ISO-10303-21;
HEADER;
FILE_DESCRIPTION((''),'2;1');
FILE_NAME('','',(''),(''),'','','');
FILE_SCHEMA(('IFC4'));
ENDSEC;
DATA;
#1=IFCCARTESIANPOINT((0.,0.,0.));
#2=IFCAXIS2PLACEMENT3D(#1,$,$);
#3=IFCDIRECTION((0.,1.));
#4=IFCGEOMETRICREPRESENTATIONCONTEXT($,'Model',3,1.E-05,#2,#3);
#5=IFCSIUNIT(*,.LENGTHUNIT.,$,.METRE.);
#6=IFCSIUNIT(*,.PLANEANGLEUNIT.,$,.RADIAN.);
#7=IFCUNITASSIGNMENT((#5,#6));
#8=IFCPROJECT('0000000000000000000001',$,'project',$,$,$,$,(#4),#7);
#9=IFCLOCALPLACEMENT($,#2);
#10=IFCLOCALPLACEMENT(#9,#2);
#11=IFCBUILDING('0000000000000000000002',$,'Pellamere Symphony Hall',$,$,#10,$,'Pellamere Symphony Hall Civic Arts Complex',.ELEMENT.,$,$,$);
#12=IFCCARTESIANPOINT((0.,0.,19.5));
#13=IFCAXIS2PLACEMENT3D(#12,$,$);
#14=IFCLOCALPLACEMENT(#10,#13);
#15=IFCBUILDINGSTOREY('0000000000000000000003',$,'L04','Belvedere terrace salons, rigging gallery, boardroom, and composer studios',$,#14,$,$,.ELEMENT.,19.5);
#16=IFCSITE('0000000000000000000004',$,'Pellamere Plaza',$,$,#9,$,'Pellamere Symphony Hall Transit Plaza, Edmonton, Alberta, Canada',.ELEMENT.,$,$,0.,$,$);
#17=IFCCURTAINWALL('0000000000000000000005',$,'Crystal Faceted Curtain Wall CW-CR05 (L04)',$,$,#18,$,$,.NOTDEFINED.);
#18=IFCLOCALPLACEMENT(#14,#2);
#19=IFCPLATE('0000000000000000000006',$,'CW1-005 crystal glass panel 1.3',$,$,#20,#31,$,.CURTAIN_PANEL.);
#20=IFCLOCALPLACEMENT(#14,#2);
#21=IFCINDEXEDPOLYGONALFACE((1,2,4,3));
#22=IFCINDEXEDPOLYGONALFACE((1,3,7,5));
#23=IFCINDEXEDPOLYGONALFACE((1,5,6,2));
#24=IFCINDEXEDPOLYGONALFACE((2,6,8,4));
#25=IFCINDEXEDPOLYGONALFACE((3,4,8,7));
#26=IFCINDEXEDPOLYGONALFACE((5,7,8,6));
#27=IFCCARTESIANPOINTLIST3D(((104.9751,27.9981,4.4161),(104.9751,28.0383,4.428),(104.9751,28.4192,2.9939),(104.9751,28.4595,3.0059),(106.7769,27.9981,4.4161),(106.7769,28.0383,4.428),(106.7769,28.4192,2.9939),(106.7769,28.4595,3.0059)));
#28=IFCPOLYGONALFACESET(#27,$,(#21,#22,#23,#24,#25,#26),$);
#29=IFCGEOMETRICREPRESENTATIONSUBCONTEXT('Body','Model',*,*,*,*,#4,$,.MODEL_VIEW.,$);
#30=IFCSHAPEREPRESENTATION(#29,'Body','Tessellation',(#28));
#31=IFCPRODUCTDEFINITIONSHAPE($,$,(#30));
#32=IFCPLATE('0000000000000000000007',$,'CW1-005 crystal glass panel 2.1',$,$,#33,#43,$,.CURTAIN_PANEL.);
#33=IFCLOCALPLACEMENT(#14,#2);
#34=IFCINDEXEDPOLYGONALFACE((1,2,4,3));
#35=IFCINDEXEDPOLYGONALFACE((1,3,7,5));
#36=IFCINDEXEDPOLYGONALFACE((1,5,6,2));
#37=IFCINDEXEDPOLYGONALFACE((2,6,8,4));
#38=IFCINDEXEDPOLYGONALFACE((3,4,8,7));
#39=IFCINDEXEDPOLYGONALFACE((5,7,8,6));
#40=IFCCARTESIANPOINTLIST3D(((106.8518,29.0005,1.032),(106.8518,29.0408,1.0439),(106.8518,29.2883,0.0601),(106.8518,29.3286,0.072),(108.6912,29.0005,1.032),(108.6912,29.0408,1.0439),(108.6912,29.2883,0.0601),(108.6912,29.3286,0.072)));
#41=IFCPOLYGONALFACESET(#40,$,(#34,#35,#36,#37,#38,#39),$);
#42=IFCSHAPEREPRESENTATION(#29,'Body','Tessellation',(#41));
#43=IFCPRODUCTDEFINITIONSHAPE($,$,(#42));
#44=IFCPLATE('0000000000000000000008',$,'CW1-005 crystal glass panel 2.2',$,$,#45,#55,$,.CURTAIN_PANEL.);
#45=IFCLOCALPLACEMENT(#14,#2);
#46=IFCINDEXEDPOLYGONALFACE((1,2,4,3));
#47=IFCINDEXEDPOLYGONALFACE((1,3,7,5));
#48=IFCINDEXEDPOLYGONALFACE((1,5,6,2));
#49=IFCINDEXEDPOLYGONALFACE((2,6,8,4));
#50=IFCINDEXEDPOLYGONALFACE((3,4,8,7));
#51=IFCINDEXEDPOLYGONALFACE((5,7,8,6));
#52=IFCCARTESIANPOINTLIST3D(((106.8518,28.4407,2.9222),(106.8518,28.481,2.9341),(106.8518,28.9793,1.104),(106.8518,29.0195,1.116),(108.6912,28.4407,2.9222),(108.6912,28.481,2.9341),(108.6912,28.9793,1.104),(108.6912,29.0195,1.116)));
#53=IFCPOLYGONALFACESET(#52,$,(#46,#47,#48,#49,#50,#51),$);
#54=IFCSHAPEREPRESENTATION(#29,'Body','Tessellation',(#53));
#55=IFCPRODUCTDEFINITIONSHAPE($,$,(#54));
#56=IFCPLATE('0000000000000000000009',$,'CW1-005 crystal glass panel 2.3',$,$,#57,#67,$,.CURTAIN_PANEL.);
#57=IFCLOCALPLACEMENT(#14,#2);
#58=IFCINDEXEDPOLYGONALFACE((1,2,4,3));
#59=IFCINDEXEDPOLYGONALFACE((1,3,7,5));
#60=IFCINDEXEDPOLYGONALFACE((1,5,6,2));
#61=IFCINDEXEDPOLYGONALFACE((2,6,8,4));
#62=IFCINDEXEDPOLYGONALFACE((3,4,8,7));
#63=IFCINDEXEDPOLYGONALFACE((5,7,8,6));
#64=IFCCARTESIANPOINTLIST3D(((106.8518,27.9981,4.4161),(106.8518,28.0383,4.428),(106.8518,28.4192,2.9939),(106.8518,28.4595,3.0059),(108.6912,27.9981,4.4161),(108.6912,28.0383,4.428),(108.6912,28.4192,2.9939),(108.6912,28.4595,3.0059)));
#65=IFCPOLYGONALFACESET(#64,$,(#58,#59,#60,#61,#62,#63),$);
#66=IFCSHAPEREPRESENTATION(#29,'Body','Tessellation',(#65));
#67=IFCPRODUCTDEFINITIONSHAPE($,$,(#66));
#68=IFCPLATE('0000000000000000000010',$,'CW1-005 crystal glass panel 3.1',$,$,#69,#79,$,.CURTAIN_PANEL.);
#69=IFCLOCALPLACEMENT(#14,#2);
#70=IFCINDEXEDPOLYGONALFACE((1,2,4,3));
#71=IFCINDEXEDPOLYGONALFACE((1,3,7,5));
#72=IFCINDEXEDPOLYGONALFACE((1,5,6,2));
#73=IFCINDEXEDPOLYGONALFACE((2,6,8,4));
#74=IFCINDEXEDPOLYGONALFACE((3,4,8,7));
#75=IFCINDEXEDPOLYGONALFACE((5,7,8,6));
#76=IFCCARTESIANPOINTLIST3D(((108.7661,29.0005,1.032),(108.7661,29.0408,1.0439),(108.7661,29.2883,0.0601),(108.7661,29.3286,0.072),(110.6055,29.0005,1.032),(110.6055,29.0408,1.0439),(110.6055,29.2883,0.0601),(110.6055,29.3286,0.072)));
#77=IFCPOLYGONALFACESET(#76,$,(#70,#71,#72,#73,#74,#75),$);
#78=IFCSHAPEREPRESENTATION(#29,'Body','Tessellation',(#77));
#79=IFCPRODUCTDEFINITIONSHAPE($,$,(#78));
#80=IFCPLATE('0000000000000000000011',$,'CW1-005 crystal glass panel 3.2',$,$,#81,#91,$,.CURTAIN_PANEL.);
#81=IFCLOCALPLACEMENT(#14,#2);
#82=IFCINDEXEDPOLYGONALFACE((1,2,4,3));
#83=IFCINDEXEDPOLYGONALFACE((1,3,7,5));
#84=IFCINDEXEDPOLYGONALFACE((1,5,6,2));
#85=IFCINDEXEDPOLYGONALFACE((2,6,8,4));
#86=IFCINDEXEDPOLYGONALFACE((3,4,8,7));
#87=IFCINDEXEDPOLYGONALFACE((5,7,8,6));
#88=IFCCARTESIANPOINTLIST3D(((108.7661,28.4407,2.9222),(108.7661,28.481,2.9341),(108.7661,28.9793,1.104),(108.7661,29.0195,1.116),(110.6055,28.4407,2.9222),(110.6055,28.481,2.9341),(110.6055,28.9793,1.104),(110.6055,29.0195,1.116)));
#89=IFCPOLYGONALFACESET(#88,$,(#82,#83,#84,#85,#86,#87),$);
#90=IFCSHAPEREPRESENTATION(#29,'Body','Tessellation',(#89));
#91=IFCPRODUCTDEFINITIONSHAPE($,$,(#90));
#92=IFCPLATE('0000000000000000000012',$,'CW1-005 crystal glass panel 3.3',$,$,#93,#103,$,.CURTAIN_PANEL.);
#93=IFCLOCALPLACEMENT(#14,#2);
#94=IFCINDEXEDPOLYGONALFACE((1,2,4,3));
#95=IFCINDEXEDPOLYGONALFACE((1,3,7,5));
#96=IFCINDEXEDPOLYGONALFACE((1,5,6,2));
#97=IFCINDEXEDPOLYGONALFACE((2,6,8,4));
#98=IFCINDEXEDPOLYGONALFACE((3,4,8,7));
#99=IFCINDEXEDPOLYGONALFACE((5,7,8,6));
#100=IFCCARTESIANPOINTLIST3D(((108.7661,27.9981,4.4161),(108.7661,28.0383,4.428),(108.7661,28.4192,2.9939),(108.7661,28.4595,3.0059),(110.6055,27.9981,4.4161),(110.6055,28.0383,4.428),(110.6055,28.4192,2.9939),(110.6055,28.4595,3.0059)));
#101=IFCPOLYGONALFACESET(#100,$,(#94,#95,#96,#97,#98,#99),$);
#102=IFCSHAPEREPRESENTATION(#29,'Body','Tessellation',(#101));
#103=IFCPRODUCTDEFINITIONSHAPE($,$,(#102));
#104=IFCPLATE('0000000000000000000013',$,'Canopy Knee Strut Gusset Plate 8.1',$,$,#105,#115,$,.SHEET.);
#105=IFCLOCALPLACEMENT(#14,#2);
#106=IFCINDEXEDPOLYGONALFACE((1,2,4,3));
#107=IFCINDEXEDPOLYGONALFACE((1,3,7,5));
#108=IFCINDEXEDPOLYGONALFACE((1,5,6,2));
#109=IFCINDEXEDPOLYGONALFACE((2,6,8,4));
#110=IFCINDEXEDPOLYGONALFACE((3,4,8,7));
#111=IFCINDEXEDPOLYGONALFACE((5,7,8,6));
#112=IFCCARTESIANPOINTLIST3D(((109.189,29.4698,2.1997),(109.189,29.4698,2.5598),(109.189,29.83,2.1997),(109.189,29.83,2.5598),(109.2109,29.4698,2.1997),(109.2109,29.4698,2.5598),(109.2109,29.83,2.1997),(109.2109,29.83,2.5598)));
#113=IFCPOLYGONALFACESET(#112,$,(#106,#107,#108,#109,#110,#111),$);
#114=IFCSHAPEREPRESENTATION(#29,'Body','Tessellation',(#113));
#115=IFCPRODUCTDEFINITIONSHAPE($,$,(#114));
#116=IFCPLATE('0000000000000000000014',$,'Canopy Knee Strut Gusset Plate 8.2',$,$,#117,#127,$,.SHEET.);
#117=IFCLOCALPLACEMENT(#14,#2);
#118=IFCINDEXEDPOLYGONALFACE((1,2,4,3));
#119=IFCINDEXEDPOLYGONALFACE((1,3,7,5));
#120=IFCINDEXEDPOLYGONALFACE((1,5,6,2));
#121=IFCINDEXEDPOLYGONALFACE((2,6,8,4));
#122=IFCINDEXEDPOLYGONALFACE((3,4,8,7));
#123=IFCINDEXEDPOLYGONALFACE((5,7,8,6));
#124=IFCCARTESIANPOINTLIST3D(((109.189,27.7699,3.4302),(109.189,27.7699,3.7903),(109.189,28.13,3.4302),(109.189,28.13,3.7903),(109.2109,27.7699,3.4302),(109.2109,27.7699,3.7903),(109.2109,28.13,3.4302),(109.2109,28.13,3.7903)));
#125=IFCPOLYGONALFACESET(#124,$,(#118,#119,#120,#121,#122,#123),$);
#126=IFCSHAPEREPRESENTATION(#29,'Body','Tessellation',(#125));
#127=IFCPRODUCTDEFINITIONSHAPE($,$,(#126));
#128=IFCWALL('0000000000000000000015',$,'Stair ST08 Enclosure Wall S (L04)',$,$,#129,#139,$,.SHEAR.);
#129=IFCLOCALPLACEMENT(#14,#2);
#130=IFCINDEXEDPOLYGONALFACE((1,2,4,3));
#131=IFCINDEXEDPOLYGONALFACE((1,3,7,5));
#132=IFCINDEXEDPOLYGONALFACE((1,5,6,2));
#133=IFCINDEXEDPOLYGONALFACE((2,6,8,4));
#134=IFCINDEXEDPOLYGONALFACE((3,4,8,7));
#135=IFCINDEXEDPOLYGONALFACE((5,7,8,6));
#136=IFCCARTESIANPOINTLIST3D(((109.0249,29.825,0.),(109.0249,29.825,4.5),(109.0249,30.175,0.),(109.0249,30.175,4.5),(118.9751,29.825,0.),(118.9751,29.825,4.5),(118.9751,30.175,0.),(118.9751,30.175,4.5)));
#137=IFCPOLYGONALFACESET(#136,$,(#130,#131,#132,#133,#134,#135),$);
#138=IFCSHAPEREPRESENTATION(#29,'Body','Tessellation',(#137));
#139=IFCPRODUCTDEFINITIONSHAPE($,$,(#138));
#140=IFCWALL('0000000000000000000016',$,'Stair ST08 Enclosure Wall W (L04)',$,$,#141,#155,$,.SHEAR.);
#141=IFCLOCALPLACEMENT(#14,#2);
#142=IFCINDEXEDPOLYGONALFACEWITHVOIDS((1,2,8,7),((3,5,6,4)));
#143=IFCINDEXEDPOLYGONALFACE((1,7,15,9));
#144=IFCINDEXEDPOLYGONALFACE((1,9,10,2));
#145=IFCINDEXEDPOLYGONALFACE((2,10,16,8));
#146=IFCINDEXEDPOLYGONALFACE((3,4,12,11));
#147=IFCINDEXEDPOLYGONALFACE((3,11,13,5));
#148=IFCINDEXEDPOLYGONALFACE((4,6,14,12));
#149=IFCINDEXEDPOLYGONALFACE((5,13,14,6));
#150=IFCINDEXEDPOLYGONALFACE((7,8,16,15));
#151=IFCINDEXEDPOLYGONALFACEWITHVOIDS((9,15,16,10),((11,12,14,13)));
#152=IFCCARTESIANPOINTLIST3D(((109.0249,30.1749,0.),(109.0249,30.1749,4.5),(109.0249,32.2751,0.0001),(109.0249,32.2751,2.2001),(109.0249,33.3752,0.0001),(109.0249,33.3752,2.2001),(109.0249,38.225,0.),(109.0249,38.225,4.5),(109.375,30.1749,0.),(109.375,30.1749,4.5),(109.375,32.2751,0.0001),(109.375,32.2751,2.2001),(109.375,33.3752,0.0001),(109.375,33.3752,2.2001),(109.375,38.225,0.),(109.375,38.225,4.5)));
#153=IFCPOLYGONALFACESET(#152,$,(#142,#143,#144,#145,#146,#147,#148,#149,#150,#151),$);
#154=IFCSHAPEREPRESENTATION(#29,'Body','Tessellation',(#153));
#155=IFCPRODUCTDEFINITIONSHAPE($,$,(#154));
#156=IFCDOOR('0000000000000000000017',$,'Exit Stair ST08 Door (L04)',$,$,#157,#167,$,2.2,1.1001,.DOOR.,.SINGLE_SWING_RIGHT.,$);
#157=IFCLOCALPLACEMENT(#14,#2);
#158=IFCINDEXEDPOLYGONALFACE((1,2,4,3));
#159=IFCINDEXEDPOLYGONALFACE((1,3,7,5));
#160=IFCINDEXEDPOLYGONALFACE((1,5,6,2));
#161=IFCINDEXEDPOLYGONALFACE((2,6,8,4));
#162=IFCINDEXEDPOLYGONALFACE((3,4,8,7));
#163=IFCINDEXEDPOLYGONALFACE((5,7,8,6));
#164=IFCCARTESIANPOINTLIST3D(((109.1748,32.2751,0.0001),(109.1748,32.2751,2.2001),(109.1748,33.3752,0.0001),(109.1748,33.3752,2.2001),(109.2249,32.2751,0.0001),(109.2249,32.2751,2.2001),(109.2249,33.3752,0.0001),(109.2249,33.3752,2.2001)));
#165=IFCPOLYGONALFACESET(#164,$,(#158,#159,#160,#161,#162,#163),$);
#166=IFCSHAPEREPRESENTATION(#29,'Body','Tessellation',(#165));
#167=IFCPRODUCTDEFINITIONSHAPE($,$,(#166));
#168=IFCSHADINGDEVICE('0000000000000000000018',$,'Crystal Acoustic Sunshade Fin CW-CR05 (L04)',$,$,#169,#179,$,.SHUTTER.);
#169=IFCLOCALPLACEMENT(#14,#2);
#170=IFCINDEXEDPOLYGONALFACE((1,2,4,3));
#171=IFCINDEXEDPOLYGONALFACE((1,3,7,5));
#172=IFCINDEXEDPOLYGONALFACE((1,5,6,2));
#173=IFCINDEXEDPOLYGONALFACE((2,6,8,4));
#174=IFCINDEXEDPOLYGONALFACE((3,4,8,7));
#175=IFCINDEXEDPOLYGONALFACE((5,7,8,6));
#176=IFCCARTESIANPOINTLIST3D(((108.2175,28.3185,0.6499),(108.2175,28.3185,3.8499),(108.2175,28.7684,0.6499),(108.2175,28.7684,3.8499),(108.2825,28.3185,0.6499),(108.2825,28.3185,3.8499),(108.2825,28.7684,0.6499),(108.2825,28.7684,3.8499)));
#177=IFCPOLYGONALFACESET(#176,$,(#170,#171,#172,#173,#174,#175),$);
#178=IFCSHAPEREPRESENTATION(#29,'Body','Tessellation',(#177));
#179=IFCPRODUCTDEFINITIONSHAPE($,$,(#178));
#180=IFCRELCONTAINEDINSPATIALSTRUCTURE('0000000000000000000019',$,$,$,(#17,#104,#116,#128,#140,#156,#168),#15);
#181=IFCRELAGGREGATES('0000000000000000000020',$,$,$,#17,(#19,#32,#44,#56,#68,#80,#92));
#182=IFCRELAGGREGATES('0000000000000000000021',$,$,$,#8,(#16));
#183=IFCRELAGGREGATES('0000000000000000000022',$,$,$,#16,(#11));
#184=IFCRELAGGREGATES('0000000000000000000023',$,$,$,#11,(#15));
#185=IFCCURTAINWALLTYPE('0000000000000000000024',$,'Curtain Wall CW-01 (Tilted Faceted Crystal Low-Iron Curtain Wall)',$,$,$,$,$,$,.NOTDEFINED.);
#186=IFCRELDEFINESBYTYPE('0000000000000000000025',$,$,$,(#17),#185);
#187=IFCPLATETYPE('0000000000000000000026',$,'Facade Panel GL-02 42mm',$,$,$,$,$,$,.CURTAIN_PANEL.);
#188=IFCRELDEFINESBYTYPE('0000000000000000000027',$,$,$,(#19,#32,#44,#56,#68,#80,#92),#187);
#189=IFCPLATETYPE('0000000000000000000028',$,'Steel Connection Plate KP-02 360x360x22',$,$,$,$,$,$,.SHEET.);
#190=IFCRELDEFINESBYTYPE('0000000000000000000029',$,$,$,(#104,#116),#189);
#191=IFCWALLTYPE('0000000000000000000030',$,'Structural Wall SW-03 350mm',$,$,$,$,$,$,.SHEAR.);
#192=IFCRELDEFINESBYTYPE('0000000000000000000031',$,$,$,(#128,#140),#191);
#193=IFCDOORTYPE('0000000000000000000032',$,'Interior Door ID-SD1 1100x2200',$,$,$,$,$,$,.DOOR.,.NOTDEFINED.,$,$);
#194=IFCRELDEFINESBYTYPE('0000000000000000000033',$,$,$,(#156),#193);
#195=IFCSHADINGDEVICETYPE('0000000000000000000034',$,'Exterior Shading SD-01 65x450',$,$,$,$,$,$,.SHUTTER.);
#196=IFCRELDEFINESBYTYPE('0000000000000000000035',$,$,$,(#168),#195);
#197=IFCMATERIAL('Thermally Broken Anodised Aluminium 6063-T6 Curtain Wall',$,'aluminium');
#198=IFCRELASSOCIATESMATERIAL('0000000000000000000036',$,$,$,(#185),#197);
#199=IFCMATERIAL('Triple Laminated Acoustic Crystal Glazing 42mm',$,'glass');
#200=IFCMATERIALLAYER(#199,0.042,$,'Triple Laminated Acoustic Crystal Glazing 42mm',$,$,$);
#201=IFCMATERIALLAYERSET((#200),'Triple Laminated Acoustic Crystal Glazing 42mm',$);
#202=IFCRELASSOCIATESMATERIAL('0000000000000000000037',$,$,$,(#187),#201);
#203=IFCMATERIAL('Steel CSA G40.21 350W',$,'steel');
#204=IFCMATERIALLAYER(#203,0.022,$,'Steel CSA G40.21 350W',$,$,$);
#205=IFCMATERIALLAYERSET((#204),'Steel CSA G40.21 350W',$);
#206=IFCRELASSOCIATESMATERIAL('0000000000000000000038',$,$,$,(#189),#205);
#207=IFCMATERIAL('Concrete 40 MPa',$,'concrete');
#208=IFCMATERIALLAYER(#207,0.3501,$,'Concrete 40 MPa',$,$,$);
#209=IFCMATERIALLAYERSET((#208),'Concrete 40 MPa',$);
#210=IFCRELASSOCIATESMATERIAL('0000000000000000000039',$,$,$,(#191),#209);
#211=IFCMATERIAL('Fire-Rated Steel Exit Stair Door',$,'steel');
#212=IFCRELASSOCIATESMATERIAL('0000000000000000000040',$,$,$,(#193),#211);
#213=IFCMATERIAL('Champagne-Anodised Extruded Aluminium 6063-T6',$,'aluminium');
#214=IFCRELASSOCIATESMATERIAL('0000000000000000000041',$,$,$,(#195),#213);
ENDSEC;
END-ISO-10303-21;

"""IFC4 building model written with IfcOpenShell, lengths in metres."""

from ifc_helpers import new_model, si_unit, direction, frame, frame_2d, origin, origin_2d, place, context, subcontext, project, spatial, polyline, rectangle, outline, extrude, material, layer, layer_set, type_object, element, fill, aggregate, save


model = new_model("IFC4")

# Units and contexts
model_context = context("Model", 3, precision=1e-05, world=origin(), true_north=direction((0.0, 1.0)))
body_context = subcontext(model_context, "Body", "Model", "MODEL_VIEW")
ifc_project = project(units=[si_unit("LENGTHUNIT", "METRE"), si_unit("PLANEANGLEUNIT", "RADIAN")], contexts=[model_context])

# Site, building, storey
site_placement = place(None, origin())
site = spatial("IfcSite", under=ifc_project, at=site_placement, Name="Pellamere Plaza", LongName="Pellamere Symphony Hall Transit Plaza, Edmonton, Alberta, Canada", CompositionType="ELEMENT", RefElevation=0.0)
building_placement = place(site_placement, origin())
building = spatial("IfcBuilding", under=site, at=building_placement, Name="Pellamere Symphony Hall", LongName="Pellamere Symphony Hall Civic Arts Complex", CompositionType="ELEMENT")
storey_placement = place(building_placement, frame((0.0, 0.0, 19.5)))
storey = spatial("IfcBuildingStorey", under=building, at=storey_placement, Name="L04", Description="Belvedere terrace salons, rigging gallery, boardroom, and composer studios", CompositionType="ELEMENT", Elevation=19.5)

# Shared definitions
ifc_material_1 = material(Name="Concrete 40 MPa", Category="concrete")

# Curtain wall
ifc_material_2 = material(Name="Thermally Broken Anodised Aluminium 6063-T6 Curtain Wall", Category="aluminium")
curtain_wall_type = type_object("IfcCurtainWallType", Name="Curtain Wall CW-01 (Tilted Faceted Crystal Low-Iron Curtain Wall)", PredefinedType="NOTDEFINED", material=ifc_material_2)
curtain_wall_placement = place(storey_placement, origin())
curtain_wall = element("IfcCurtainWall", 1, at=curtain_wall_placement, inside=storey, type_object=curtain_wall_type, Name="Crystal Faceted Curtain Wall CW-CR05 (L04)", PredefinedType="NOTDEFINED")

# Shared definitions
ifc_material_3 = material(Name="Steel CSA G40.21 350W", Category="steel")

# Plates
ifc_material_4 = material(Name="Triple Laminated Acoustic Crystal Glazing 42mm", Category="glass")
ifc_layer_1 = layer(ifc_material_4, 0.042, Name="Triple Laminated Acoustic Crystal Glazing 42mm")
ifc_layer_set_1 = layer_set([ifc_layer_1], Name="Triple Laminated Acoustic Crystal Glazing 42mm")
plate_type_1 = type_object("IfcPlateType", Name="Facade Panel GL-02 42mm", PredefinedType="CURTAIN_PANEL", material=ifc_layer_set_1)
plate_1_placement = place(storey_placement, frame((104.9751, 28.4595, 3.0059), z_axis=(0.0, 0.95884, 0.283948), x_axis=(1.0, 0.0, 0.0)))
plate_1 = element("IfcPlate", 2, at=plate_1_placement, type_object=plate_type_1, Name="CW1-005 crystal glass panel 1.3", PredefinedType="CURTAIN_PANEL", context=body_context, shape_type="SweptSolid", body=[
    extrude(outline(polyline([(0.0, 0.0), (1.8018, 0.0), (1.8018, -1.4832), (0.0, -1.4832), (0.0, 0.0)])), origin(), (0.0, 0.0, -1.0), 0.042),
])
plate_2_placement = place(storey_placement, frame((106.8518, 29.3286, 0.072), z_axis=(0.0, 0.958835, 0.283965), x_axis=(1.0, 0.0, 0.0)))
plate_2 = element("IfcPlate", 3, at=plate_2_placement, type_object=plate_type_1, Name="CW1-005 crystal glass panel 2.1", PredefinedType="CURTAIN_PANEL", context=body_context, shape_type="SweptSolid", body=[
    extrude(outline(polyline([(0.0, 0.0), (1.8394, 0.0), (1.8394, -1.0137), (0.0, -1.0137), (0.0, 0.0)])), origin(), (0.0, 0.0, -1.0), 0.042),
])
plate_3_placement = place(storey_placement, frame((106.8518, 29.0195, 1.116), z_axis=(0.0, 0.958816, 0.284027), x_axis=(1.0, 0.0, 0.0)))
plate_3 = element("IfcPlate", 4, at=plate_3_placement, type_object=plate_type_1, Name="CW1-005 crystal glass panel 2.2", PredefinedType="CURTAIN_PANEL", context=body_context, shape_type="SweptSolid", body=[
    extrude(outline(polyline([(0.0, 0.0), (1.8394, 0.0), (1.8394, -1.8962), (0.0, -1.8962), (0.0, 0.0)])), origin(), (0.0, 0.0, -1.0), 0.042),
])
plate_4_placement = place(storey_placement, frame((106.8518, 28.4595, 3.0059), z_axis=(0.0, 0.95884, 0.283948), x_axis=(1.0, 0.0, 0.0)))
plate_4 = element("IfcPlate", 5, at=plate_4_placement, type_object=plate_type_1, Name="CW1-005 crystal glass panel 2.3", PredefinedType="CURTAIN_PANEL", context=body_context, shape_type="SweptSolid", body=[
    extrude(outline(polyline([(0.0, 0.0), (1.8394, 0.0), (1.8394, -1.4832), (0.0, -1.4832), (0.0, 0.0)])), origin(), (0.0, 0.0, -1.0), 0.042),
])
plate_5_placement = place(storey_placement, frame((108.7661, 29.3286, 0.072), z_axis=(0.0, 0.958835, 0.283965), x_axis=(1.0, 0.0, 0.0)))
plate_5 = element("IfcPlate", 6, at=plate_5_placement, type_object=plate_type_1, Name="CW1-005 crystal glass panel 3.1", PredefinedType="CURTAIN_PANEL", context=body_context, shape_type="SweptSolid", body=[
    extrude(outline(polyline([(0.0, 0.0), (1.8394, 0.0), (1.8394, -1.0137), (0.0, -1.0137), (0.0, 0.0)])), origin(), (0.0, 0.0, -1.0), 0.042),
])
plate_6_placement = place(storey_placement, frame((108.7661, 29.0195, 1.116), z_axis=(0.0, 0.958816, 0.284027), x_axis=(1.0, 0.0, 0.0)))
plate_6 = element("IfcPlate", 7, at=plate_6_placement, type_object=plate_type_1, Name="CW1-005 crystal glass panel 3.2", PredefinedType="CURTAIN_PANEL", context=body_context, shape_type="SweptSolid", body=[
    extrude(outline(polyline([(0.0, 0.0), (1.8394, 0.0), (1.8394, -1.8962), (0.0, -1.8962), (0.0, 0.0)])), origin(), (0.0, 0.0, -1.0), 0.042),
])
plate_7_placement = place(storey_placement, frame((108.7661, 28.4595, 3.0059), z_axis=(0.0, 0.95884, 0.283948), x_axis=(1.0, 0.0, 0.0)))
plate_7 = element("IfcPlate", 8, at=plate_7_placement, type_object=plate_type_1, Name="CW1-005 crystal glass panel 3.3", PredefinedType="CURTAIN_PANEL", context=body_context, shape_type="SweptSolid", body=[
    extrude(outline(polyline([(0.0, 0.0), (1.8394, 0.0), (1.8394, -1.4832), (0.0, -1.4832), (0.0, 0.0)])), origin(), (0.0, 0.0, -1.0), 0.042),
])
aggregate(curtain_wall, [plate_1, plate_2, plate_3, plate_4, plate_5, plate_6, plate_7])

# Plates
ifc_layer_2 = layer(ifc_material_3, 0.022, Name="Steel CSA G40.21 350W")
ifc_layer_set_2 = layer_set([ifc_layer_2], Name="Steel CSA G40.21 350W")
plate_type_2 = type_object("IfcPlateType", Name="Steel Connection Plate KP-02 360x360x22", PredefinedType="SHEET", material=ifc_layer_set_2)
for number, where, z_axis, x_axis, name in (
    (9, (109.2, 29.6499, 2.1997), (0.0, 0.0, 1.0), (1.0, 0.0, 0.0), "Canopy Knee Strut Gusset Plate 8.1"),
    (10, (109.2, 27.95, 3.4302), (0.0, 0.0, 1.0), (1.0, 0.0, 0.0), "Canopy Knee Strut Gusset Plate 8.2"),
):
    element("IfcPlate", number, at=place(storey_placement, frame(where, z_axis=z_axis, x_axis=x_axis)), inside=storey, type_object=plate_type_2, Name=name, PredefinedType="SHEET", context=body_context, shape_type="SweptSolid", body=[
        extrude(rectangle(XDim=0.022, YDim=0.3601, at=origin_2d()), origin(), (0.0, 0.0, 1.0), 0.3601),
    ])

# Wall
ifc_layer_3 = layer(ifc_material_1, 0.3501, Name="Concrete 40 MPa")
ifc_layer_set_3 = layer_set([ifc_layer_3], Name="Concrete 40 MPa")
wall_type = type_object("IfcWallType", Name="Structural Wall SW-03 350mm", PredefinedType="SHEAR", material=ifc_layer_set_3)
wall_1_placement = place(storey_placement, frame((109.0249, 30.0, 0.0), z_axis=(0.0, 0.0, 1.0), x_axis=(1.0, 0.0, 0.0)))
element("IfcWall", 11, at=wall_1_placement, inside=storey, type_object=wall_type, Name="Stair ST08 Enclosure Wall S (L04)", PredefinedType="SHEAR", context=body_context, shape_type="SweptSolid", body=[
    extrude(rectangle(XDim=9.9502, YDim=0.3501, at=frame_2d((4.9751, 0.0))), origin(), (0.0, 0.0, 1.0), 4.5),
])

# Wall, opening, door
wall_2_placement = place(storey_placement, frame((109.2, 30.175, 0.0), z_axis=(0.0, 0.0, 1.0), x_axis=(0.0, 1.0, 0.0)))
wall_2 = element("IfcWall", 12, at=wall_2_placement, inside=storey, type_object=wall_type, Name="Stair ST08 Enclosure Wall W (L04)", PredefinedType="SHEAR", context=body_context, shape_type="SweptSolid", body=[
    extrude(rectangle(XDim=8.05, YDim=0.3501, at=frame_2d((4.0249, 0.0))), origin(), (0.0, 0.0, 1.0), 4.5),
])
opening_placement = place(wall_2_placement, frame((2.1001, 0.0, 0.0)))
opening = element("IfcOpeningElement", 13, at=opening_placement, cuts=wall_2, PredefinedType="OPENING", context=body_context, shape_type="SweptSolid", body=[
    extrude(rectangle(XDim=1.1001, YDim=2.2, at=frame_2d((0.55, 1.1001))), frame((0.0, 0.1851, 0.0), z_axis=(0.0, -1.0, 0.0), x_axis=(1.0, 0.0, 0.0)), (0.0, 0.0, 1.0), 0.3701),
])
ifc_material_5 = material(Name="Fire-Rated Steel Exit Stair Door", Category="steel")
door_type = type_object("IfcDoorType", Name="Interior Door ID-SD1 1100x2200", OperationType="NOTDEFINED", PredefinedType="DOOR", material=ifc_material_5)
door_placement = place(opening_placement, frame((1.1001, 0.0, 0.0), z_axis=(0.0, 0.0, 1.0), x_axis=(-1.0, 0.0, 0.0)))
door = element("IfcDoor", 14, at=door_placement, inside=storey, type_object=door_type, Name="Exit Stair ST08 Door (L04)", OperationType="SINGLE_SWING_RIGHT", OverallHeight=2.2, OverallWidth=1.1001, PredefinedType="DOOR", context=body_context, shape_type="SweptSolid", body=[
    extrude(rectangle(XDim=1.1001, YDim=2.2, at=frame_2d((0.55, 1.1001))), frame((0.0, 0.0249, 0.0), z_axis=(0.0, -1.0, 0.0), x_axis=(1.0, 0.0, 0.0)), (0.0, 0.0, 1.0), 0.05),
])
fill(opening, door)

# Shading device
ifc_material_6 = material(Name="Champagne-Anodised Extruded Aluminium 6063-T6", Category="aluminium")
shading_device_type = type_object("IfcShadingDeviceType", Name="Exterior Shading SD-01 65x450", PredefinedType="SHUTTER", material=ifc_material_6)
shading_device_placement = place(storey_placement, frame((108.25, 28.5435, 0.6499), z_axis=(0.0, 0.0, 1.0), x_axis=(1.0, 0.0, 0.0)))
element("IfcShadingDevice", 15, at=shading_device_placement, inside=storey, type_object=shading_device_type, Name="Crystal Acoustic Sunshade Fin CW-CR05 (L04)", PredefinedType="SHUTTER", context=body_context, shape_type="SweptSolid", body=[
    extrude(rectangle(XDim=0.0649, YDim=0.45, at=origin_2d()), origin(), (0.0, 0.0, 1.0), 3.2),
])

save(model, "model.ifc")
